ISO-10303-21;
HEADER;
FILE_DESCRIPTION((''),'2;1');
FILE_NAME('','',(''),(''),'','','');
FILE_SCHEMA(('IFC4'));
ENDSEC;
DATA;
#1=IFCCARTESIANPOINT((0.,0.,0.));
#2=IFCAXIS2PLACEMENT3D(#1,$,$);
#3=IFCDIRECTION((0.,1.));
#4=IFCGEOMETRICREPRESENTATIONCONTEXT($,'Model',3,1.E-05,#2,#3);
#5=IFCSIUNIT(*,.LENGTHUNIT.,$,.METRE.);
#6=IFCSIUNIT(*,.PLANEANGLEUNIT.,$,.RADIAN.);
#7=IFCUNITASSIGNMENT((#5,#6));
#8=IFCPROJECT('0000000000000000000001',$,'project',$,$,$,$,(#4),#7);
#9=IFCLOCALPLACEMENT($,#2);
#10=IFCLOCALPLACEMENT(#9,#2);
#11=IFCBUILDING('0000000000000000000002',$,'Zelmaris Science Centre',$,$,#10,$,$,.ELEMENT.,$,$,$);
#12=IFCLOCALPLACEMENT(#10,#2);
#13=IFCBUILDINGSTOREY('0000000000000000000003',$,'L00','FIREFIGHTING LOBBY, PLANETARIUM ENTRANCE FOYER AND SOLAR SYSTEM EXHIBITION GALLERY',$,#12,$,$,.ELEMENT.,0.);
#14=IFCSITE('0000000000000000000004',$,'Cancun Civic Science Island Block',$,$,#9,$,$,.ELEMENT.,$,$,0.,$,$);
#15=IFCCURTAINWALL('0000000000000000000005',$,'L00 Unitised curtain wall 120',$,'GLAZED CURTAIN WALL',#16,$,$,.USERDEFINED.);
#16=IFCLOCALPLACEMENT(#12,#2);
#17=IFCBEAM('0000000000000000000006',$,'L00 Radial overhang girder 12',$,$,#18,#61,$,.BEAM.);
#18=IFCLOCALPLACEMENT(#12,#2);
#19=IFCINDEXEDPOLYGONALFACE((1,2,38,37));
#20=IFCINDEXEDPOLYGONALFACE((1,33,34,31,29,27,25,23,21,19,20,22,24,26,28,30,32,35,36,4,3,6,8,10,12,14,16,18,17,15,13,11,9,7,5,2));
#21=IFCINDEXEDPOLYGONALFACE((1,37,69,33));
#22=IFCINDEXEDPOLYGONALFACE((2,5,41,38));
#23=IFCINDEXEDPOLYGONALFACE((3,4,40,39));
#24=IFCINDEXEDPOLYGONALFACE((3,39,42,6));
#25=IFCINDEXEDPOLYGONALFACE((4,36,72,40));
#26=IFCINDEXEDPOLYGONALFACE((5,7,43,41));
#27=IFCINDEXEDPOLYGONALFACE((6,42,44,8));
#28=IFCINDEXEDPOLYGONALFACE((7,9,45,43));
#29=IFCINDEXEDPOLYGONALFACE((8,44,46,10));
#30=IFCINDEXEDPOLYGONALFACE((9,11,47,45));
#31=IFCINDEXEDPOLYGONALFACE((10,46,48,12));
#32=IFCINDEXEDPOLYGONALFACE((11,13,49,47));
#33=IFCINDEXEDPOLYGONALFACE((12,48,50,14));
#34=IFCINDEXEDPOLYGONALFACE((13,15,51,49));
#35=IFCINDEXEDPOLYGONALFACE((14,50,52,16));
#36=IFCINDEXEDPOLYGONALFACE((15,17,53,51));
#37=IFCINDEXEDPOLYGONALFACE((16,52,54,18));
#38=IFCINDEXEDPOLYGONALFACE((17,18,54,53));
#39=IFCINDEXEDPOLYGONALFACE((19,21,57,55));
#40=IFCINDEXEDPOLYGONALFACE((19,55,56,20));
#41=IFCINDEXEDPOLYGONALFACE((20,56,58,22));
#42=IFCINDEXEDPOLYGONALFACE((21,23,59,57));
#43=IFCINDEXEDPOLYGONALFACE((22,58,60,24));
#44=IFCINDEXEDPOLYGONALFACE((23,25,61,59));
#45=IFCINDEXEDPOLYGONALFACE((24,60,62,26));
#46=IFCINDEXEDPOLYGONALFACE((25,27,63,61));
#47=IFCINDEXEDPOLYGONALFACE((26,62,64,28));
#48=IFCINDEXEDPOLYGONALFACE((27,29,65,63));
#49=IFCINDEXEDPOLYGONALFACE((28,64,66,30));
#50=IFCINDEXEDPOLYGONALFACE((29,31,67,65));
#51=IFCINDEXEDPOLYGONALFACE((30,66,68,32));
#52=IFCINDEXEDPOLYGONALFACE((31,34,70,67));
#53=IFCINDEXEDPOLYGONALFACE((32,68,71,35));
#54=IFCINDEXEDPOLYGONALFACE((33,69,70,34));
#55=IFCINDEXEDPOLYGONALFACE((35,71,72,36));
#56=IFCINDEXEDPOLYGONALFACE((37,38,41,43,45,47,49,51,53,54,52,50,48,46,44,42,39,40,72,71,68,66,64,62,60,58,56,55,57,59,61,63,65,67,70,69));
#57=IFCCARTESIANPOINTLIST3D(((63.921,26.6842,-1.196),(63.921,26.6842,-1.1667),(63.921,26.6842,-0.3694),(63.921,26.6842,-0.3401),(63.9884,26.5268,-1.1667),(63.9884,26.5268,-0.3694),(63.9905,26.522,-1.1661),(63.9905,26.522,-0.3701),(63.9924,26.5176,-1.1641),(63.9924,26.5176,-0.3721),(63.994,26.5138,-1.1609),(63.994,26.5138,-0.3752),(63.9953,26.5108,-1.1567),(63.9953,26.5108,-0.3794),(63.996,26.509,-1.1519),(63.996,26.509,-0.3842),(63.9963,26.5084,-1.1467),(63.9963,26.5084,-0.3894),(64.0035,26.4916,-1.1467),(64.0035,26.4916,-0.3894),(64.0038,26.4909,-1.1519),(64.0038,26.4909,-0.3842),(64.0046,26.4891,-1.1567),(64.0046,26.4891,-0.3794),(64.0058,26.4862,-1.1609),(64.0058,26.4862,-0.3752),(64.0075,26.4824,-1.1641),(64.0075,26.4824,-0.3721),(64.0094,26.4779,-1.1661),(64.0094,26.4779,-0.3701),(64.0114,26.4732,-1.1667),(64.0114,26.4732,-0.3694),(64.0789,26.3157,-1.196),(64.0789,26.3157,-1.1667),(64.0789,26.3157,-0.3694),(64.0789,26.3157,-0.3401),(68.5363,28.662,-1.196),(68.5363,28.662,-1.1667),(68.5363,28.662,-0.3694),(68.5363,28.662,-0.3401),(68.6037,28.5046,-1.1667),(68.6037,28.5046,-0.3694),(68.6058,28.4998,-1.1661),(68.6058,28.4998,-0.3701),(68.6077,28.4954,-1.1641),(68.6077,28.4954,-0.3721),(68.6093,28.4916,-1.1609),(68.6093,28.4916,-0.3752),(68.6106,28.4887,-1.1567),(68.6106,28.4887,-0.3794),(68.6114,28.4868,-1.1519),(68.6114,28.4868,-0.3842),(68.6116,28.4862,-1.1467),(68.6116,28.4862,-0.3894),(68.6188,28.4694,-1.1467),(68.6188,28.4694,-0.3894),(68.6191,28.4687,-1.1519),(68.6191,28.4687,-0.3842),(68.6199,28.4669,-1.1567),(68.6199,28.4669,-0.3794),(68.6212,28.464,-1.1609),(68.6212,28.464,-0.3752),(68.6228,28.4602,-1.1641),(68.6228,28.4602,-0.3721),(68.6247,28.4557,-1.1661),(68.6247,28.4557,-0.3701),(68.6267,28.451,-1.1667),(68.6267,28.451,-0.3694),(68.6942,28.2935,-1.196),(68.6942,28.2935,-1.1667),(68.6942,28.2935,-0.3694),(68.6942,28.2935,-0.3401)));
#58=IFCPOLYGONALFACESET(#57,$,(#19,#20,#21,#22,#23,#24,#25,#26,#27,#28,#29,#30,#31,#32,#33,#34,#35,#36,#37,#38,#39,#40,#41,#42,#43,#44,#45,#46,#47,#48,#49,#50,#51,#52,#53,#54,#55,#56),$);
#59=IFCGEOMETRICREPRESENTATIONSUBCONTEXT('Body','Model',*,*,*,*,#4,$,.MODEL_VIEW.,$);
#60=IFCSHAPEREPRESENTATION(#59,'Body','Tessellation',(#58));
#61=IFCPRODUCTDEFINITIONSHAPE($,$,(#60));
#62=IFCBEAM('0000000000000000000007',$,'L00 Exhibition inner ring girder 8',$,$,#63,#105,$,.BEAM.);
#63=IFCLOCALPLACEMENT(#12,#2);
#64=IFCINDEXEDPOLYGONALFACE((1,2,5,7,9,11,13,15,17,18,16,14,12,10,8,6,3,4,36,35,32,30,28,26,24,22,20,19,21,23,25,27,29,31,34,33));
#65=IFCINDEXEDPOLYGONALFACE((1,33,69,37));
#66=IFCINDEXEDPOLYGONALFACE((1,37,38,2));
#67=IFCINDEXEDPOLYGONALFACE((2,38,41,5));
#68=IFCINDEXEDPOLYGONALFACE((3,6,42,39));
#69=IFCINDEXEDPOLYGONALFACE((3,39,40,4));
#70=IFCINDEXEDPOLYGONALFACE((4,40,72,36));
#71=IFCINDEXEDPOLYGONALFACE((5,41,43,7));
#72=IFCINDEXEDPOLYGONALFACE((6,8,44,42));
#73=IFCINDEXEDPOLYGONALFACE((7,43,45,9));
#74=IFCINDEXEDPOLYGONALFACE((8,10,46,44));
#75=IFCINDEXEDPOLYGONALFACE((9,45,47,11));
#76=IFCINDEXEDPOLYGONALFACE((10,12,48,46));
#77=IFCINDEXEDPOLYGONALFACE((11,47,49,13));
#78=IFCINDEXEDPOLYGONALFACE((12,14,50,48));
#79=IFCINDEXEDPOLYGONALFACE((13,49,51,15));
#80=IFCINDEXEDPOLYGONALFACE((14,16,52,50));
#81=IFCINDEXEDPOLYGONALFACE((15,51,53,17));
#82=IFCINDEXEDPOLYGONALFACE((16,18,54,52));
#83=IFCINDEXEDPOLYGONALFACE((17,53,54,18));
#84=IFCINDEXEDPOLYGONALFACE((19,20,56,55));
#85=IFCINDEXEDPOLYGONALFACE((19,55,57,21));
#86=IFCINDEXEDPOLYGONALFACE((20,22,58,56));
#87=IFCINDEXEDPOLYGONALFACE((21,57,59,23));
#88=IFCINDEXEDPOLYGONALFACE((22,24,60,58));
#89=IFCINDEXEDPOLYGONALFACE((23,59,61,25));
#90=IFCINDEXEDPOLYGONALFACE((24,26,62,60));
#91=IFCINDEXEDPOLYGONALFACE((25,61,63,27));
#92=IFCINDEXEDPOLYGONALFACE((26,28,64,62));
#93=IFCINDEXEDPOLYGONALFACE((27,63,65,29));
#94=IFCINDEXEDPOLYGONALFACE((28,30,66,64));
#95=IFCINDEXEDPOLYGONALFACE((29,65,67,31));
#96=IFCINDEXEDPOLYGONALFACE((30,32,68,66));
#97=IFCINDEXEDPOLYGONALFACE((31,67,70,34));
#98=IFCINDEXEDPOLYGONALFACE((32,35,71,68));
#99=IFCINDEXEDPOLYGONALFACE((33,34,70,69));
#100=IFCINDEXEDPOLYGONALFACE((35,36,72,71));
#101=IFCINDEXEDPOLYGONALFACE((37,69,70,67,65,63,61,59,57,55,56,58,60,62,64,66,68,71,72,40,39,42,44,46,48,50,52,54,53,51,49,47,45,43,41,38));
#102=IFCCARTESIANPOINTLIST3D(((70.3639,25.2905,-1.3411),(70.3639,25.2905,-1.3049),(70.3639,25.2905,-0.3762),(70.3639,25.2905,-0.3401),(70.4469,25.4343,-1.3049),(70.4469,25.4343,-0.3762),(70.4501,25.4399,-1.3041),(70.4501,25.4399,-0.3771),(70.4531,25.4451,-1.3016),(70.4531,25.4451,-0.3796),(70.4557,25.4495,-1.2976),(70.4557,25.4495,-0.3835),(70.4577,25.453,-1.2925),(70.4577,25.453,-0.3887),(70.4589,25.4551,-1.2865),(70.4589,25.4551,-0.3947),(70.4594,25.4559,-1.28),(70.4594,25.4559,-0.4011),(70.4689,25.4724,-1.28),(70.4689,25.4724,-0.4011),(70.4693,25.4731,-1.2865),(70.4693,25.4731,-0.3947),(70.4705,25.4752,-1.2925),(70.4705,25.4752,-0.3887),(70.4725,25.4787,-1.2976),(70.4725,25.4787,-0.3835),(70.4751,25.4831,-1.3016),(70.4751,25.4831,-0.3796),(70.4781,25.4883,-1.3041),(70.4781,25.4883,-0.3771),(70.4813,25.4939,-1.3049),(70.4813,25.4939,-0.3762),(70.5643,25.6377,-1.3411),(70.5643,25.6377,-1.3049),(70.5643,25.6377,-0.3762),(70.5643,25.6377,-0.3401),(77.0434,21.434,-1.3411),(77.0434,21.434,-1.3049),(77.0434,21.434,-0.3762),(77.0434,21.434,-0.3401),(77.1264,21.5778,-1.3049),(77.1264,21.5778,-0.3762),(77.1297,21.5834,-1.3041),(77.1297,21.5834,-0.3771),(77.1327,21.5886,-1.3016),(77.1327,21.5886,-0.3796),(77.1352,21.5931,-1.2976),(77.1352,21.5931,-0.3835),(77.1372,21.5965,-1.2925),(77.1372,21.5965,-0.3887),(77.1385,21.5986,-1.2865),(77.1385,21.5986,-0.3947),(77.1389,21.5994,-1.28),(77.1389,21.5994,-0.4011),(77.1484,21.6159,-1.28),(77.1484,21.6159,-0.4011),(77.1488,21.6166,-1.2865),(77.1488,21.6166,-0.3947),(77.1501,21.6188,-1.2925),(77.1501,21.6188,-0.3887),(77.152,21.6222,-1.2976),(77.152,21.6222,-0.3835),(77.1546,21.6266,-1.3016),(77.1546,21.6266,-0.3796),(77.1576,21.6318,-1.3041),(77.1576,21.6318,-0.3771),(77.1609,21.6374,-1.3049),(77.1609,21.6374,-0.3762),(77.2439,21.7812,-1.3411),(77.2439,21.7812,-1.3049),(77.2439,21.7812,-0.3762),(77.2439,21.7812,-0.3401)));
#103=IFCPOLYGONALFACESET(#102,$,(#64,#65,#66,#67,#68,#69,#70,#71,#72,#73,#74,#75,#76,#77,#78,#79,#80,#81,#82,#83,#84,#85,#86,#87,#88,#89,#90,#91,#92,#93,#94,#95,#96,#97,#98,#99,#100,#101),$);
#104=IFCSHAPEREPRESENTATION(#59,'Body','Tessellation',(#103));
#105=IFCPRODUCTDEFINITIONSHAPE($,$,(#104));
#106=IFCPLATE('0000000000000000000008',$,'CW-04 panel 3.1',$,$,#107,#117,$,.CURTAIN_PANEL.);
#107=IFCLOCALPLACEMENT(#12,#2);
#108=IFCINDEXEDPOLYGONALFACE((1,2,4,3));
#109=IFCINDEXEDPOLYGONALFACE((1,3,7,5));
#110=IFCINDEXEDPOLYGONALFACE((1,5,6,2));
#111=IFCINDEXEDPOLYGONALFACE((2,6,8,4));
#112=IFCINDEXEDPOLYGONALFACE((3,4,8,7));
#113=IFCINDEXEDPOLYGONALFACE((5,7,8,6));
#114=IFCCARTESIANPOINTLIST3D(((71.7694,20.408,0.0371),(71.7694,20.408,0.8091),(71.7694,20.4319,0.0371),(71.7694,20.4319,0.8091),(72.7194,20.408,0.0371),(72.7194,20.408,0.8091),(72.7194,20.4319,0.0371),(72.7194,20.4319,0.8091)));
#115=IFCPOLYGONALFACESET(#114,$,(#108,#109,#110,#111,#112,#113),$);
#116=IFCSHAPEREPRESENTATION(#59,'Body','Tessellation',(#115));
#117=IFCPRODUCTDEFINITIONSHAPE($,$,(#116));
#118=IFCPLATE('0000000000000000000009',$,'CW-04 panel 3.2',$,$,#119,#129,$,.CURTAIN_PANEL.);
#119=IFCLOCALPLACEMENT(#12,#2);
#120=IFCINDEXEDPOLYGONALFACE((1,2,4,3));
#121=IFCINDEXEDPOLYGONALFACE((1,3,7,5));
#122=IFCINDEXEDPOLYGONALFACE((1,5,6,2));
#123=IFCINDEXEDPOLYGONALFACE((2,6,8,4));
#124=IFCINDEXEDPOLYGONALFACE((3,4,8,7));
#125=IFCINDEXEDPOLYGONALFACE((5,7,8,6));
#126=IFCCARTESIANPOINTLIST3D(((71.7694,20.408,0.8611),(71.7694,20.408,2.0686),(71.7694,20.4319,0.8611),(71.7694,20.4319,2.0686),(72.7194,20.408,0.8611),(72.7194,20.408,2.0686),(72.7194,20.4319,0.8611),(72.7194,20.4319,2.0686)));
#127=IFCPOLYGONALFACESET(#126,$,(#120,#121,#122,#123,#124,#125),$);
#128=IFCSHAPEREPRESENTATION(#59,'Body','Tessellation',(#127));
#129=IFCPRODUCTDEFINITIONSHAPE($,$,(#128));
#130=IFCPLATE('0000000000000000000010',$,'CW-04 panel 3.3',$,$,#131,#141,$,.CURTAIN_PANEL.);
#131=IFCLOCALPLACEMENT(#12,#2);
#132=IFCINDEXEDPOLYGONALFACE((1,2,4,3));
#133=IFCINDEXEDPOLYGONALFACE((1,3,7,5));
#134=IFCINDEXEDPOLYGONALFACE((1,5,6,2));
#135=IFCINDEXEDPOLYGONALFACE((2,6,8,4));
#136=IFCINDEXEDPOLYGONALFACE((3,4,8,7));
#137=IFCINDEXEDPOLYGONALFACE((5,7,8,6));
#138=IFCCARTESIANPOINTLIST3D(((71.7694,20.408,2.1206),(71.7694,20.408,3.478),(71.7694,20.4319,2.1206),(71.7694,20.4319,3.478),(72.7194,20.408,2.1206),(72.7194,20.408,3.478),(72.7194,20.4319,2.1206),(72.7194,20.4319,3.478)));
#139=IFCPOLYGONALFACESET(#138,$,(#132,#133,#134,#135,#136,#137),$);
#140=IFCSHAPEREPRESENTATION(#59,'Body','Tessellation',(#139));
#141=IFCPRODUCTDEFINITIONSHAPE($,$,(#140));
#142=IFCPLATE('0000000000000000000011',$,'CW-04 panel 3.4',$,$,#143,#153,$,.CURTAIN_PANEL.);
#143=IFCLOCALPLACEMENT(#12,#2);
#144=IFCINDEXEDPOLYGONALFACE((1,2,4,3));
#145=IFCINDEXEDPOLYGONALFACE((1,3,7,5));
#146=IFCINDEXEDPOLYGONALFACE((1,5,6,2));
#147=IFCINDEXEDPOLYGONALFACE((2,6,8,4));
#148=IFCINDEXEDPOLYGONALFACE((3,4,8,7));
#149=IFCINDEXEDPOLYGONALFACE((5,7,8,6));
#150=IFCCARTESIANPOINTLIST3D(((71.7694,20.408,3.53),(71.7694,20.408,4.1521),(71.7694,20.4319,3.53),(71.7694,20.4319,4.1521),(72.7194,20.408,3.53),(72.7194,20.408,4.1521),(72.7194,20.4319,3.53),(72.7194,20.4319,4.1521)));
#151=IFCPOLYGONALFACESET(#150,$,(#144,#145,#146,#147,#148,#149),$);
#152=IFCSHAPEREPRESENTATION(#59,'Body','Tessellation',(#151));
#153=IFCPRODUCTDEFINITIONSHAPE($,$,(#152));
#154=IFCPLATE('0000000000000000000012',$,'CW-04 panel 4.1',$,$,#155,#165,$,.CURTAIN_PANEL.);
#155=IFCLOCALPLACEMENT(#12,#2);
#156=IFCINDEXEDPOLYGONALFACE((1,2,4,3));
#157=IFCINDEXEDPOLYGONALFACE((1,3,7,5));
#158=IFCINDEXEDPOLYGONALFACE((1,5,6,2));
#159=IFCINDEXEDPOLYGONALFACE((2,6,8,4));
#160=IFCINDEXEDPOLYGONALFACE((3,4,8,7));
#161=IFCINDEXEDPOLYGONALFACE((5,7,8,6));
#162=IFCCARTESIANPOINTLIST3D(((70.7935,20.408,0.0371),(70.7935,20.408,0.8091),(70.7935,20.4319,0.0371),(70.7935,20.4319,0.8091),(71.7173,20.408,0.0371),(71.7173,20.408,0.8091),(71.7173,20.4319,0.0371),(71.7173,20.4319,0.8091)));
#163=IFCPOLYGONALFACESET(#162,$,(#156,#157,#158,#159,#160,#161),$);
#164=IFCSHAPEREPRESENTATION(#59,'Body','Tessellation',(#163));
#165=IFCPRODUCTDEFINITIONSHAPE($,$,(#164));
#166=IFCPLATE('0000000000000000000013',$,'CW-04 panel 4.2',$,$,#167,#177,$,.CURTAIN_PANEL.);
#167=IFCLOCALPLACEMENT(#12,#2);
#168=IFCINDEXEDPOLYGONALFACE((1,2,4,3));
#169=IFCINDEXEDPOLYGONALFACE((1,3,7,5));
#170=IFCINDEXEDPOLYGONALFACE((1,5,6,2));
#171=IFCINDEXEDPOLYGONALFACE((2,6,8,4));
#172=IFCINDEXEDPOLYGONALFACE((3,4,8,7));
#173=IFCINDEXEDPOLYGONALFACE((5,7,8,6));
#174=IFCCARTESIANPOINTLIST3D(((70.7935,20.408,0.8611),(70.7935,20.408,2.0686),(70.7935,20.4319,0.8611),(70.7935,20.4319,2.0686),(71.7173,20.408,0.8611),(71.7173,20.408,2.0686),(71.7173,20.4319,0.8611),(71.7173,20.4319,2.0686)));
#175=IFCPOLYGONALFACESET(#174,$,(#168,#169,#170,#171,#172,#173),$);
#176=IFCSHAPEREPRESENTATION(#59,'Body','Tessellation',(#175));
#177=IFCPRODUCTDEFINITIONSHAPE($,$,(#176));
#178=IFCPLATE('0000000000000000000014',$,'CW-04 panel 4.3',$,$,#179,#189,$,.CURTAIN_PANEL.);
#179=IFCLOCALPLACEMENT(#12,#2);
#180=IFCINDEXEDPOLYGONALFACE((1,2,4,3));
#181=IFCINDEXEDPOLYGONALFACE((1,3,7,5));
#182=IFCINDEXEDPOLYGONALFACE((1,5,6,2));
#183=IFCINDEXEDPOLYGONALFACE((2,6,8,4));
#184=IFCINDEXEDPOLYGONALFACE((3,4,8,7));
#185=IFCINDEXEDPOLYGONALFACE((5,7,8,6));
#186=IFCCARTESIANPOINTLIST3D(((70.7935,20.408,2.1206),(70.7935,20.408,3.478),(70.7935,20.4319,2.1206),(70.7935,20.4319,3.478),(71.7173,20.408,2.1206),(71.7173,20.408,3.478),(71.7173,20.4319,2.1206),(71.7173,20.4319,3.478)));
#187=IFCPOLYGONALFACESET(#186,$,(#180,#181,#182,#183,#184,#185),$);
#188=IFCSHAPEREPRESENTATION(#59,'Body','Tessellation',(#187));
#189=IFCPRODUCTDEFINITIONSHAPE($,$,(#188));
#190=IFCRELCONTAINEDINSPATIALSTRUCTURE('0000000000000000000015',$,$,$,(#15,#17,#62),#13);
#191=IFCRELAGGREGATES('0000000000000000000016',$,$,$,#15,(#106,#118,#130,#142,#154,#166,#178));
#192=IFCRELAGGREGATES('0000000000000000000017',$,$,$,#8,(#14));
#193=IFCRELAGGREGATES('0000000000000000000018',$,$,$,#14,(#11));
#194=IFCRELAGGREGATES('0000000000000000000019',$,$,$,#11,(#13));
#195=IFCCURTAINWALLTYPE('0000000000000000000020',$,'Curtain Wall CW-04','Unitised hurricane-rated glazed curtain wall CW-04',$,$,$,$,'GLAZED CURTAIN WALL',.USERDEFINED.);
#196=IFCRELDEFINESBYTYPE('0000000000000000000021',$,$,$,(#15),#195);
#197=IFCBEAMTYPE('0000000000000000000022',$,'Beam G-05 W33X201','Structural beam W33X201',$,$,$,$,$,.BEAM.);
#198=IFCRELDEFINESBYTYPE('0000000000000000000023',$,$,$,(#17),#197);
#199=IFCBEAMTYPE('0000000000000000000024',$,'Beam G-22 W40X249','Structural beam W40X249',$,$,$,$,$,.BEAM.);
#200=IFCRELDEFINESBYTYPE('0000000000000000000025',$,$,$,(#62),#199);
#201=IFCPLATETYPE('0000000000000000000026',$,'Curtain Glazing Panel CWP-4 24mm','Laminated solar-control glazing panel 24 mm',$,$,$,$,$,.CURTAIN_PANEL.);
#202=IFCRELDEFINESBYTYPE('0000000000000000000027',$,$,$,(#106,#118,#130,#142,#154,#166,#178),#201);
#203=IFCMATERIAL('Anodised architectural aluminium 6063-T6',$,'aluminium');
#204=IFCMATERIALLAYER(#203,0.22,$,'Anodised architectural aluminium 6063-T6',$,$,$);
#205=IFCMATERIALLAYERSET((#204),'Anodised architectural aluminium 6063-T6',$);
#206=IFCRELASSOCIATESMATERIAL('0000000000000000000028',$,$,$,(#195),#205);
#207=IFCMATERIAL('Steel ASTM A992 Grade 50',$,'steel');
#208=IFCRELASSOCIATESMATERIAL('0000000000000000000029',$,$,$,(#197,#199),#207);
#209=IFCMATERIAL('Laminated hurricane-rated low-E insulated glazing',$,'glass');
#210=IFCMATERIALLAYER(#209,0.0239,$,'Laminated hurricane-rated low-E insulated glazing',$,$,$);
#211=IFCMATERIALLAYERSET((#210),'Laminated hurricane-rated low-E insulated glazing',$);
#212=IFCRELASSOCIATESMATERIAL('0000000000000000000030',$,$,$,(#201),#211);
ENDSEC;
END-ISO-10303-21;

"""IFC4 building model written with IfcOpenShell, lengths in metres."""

from ifc_helpers import new_model, si_unit, direction, frame, origin, origin_2d, place, context, subcontext, project, spatial, rectangle, i_section, extrude, material, layer, layer_set, material_profile, profile_set, type_object, element, aggregate, save


model = new_model("IFC4")

# Units and contexts
model_context = context("Model", 3, precision=1e-05, world=origin(), true_north=direction((0.0, 1.0)))
body_context = subcontext(model_context, "Body", "Model", "MODEL_VIEW")
ifc_project = project(units=[si_unit("LENGTHUNIT", "METRE"), si_unit("PLANEANGLEUNIT", "RADIAN")], contexts=[model_context])

# Site, building, storey
site_placement = place(None, origin())
site = spatial("IfcSite", under=ifc_project, at=site_placement, Name="Cancun Civic Science Island Block", CompositionType="ELEMENT", RefElevation=0.0)
building_placement = place(site_placement, origin())
building = spatial("IfcBuilding", under=site, at=building_placement, Name="Zelmaris Science Centre", CompositionType="ELEMENT")
storey_placement = place(building_placement, origin())
storey = spatial("IfcBuildingStorey", under=building, at=storey_placement, Name="L00", Description="FIREFIGHTING LOBBY, PLANETARIUM ENTRANCE FOYER AND SOLAR SYSTEM EXHIBITION GALLERY", CompositionType="ELEMENT", Elevation=0.0)

# Shared definitions
ifc_material_1 = material(Name="Steel ASTM A992 Grade 50", Category="steel")

# Curtain wall
ifc_material_2 = material(Name="Anodised architectural aluminium 6063-T6", Category="aluminium")
ifc_layer_1 = layer(ifc_material_2, 0.22, Name="Anodised architectural aluminium 6063-T6")
ifc_layer_set_1 = layer_set([ifc_layer_1], Name="Anodised architectural aluminium 6063-T6")
curtain_wall_type_1 = type_object("IfcCurtainWallType", Name="Curtain Wall CW-04", Description="Unitised hurricane-rated glazed curtain wall CW-04", ElementType="GLAZED CURTAIN WALL", PredefinedType="USERDEFINED", material=ifc_layer_set_1)
curtain_wall_1_placement = place(storey_placement, origin())
curtain_wall_1 = element("IfcCurtainWall", 1, at=curtain_wall_1_placement, inside=storey, type_object=curtain_wall_type_1, Name="L00 Unitised curtain wall 120", ObjectType="GLAZED CURTAIN WALL", PredefinedType="USERDEFINED")

# Beams
ifc_material_profile_1 = material_profile(ifc_material_1, i_section(OverallWidth=0.4009, OverallDepth=0.856, WebThickness=0.0183, FlangeThickness=0.0293, FilletRadius=0.02, at=origin_2d()), Name="W33X201")
ifc_profile_set_1 = profile_set([ifc_material_profile_1], Name="Steel ASTM A992 Grade 50")
beam_type_1 = type_object("IfcBeamType", Name="Beam G-05 W33X201", Description="Structural beam W33X201", PredefinedType="BEAM", material=ifc_profile_set_1)
beam_1_placement = place(storey_placement, frame((68.6152, 28.4778, -0.7681), z_axis=(-0.919158, -0.39389, 0.0), x_axis=(0.39389, -0.919158, 0.0)))
element("IfcBeam", 2, at=beam_1_placement, inside=storey, type_object=beam_type_1, Name="L00 Radial overhang girder 12", PredefinedType="BEAM", context=body_context, shape_type="SweptSolid", body=[
    extrude(i_section(OverallWidth=0.4009, OverallDepth=0.856, WebThickness=0.0183, FlangeThickness=0.0293, FilletRadius=0.02, at=origin_2d()), origin(), (0.0, 0.0, 1.0), 5.0212),
])
ifc_material_profile_2 = material_profile(ifc_material_1, i_section(OverallWidth=0.4009, OverallDepth=1.001, WebThickness=0.019, FlangeThickness=0.0361, FilletRadius=0.0249, at=origin_2d()), Name="W40X249")
ifc_profile_set_2 = profile_set([ifc_material_profile_2], Name="Steel ASTM A992 Grade 50")
beam_type_2 = type_object("IfcBeamType", Name="Beam G-22 W40X249", Description="Structural beam W40X249", PredefinedType="BEAM", material=ifc_profile_set_2)
beam_2_placement = place(storey_placement, frame((70.4641, 25.4641, -0.8406), z_axis=(0.866022, -0.500007, 0.0), x_axis=(0.500007, 0.866022, 0.0)))
element("IfcBeam", 3, at=beam_2_placement, inside=storey, type_object=beam_type_2, Name="L00 Exhibition inner ring girder 8", PredefinedType="BEAM", context=body_context, shape_type="SweptSolid", body=[
    extrude(i_section(OverallWidth=0.4009, OverallDepth=1.001, WebThickness=0.019, FlangeThickness=0.0361, FilletRadius=0.0249, at=origin_2d()), origin(), (0.0, 0.0, 1.0), 7.7129),
])

# Plates
ifc_material_3 = material(Name="Laminated hurricane-rated low-E insulated glazing", Category="glass")
ifc_layer_2 = layer(ifc_material_3, 0.0239, Name="Laminated hurricane-rated low-E insulated glazing")
ifc_layer_set_2 = layer_set([ifc_layer_2], Name="Laminated hurricane-rated low-E insulated glazing")
plate_type = type_object("IfcPlateType", Name="Curtain Glazing Panel CWP-4 24mm", Description="Laminated solar-control glazing panel 24 mm", PredefinedType="CURTAIN_PANEL", material=ifc_layer_set_2)
plate_1_placement = place(storey_placement, frame((72.2444, 20.4199, 0.0371), z_axis=(0.0, 0.0, 1.0), x_axis=(-1.0, 0.0, 0.0)))
plate_1 = element("IfcPlate", 4, at=plate_1_placement, type_object=plate_type, Name="CW-04 panel 3.1", PredefinedType="CURTAIN_PANEL", context=body_context, shape_type="SweptSolid", body=[
    extrude(rectangle(XDim=0.95, YDim=0.0239, at=origin_2d()), origin(), (0.0, 0.0, 1.0), 0.772),
])
plate_2_placement = place(storey_placement, frame((72.2444, 20.4199, 0.8611), z_axis=(0.0, 0.0, 1.0), x_axis=(-1.0, 0.0, 0.0)))
plate_2 = element("IfcPlate", 5, at=plate_2_placement, type_object=plate_type, Name="CW-04 panel 3.2", PredefinedType="CURTAIN_PANEL", context=body_context, shape_type="SweptSolid", body=[
    extrude(rectangle(XDim=0.95, YDim=0.0239, at=origin_2d()), origin(), (0.0, 0.0, 1.0), 1.2075),
])
plate_3_placement = place(storey_placement, frame((72.2444, 20.4199, 2.1206), z_axis=(0.0, 0.0, 1.0), x_axis=(-1.0, 0.0, 0.0)))
plate_3 = element("IfcPlate", 6, at=plate_3_placement, type_object=plate_type, Name="CW-04 panel 3.3", PredefinedType="CURTAIN_PANEL", context=body_context, shape_type="SweptSolid", body=[
    extrude(rectangle(XDim=0.95, YDim=0.0239, at=origin_2d()), origin(), (0.0, 0.0, 1.0), 1.3574),
])
plate_4_placement = place(storey_placement, frame((72.2444, 20.4199, 3.53), z_axis=(0.0, 0.0, 1.0), x_axis=(-1.0, 0.0, 0.0)))
plate_4 = element("IfcPlate", 7, at=plate_4_placement, type_object=plate_type, Name="CW-04 panel 3.4", PredefinedType="CURTAIN_PANEL", context=body_context, shape_type="SweptSolid", body=[
    extrude(rectangle(XDim=0.95, YDim=0.0239, at=origin_2d()), origin(), (0.0, 0.0, 1.0), 0.6221),
])
plate_5_placement = place(storey_placement, frame((71.2554, 20.4199, 0.0371), z_axis=(0.0, 0.0, 1.0), x_axis=(-1.0, 0.0, 0.0)))
plate_5 = element("IfcPlate", 8, at=plate_5_placement, type_object=plate_type, Name="CW-04 panel 4.1", PredefinedType="CURTAIN_PANEL", context=body_context, shape_type="SweptSolid", body=[
    extrude(rectangle(XDim=0.9238, YDim=0.0239, at=origin_2d()), origin(), (0.0, 0.0, 1.0), 0.772),
])
plate_6_placement = place(storey_placement, frame((71.2554, 20.4199, 0.8611), z_axis=(0.0, 0.0, 1.0), x_axis=(-1.0, 0.0, 0.0)))
plate_6 = element("IfcPlate", 9, at=plate_6_placement, type_object=plate_type, Name="CW-04 panel 4.2", PredefinedType="CURTAIN_PANEL", context=body_context, shape_type="SweptSolid", body=[
    extrude(rectangle(XDim=0.9238, YDim=0.0239, at=origin_2d()), origin(), (0.0, 0.0, 1.0), 1.2075),
])
plate_7_placement = place(storey_placement, frame((71.2554, 20.4199, 2.1206), z_axis=(0.0, 0.0, 1.0), x_axis=(-1.0, 0.0, 0.0)))
plate_7 = element("IfcPlate", 10, at=plate_7_placement, type_object=plate_type, Name="CW-04 panel 4.3", PredefinedType="CURTAIN_PANEL", context=body_context, shape_type="SweptSolid", body=[
    extrude(rectangle(XDim=0.9238, YDim=0.0239, at=origin_2d()), origin(), (0.0, 0.0, 1.0), 1.3574),
])
aggregate(curtain_wall_1, [plate_1, plate_2, plate_3, plate_4, plate_5, plate_6, plate_7])

save(model, "model.ifc")
